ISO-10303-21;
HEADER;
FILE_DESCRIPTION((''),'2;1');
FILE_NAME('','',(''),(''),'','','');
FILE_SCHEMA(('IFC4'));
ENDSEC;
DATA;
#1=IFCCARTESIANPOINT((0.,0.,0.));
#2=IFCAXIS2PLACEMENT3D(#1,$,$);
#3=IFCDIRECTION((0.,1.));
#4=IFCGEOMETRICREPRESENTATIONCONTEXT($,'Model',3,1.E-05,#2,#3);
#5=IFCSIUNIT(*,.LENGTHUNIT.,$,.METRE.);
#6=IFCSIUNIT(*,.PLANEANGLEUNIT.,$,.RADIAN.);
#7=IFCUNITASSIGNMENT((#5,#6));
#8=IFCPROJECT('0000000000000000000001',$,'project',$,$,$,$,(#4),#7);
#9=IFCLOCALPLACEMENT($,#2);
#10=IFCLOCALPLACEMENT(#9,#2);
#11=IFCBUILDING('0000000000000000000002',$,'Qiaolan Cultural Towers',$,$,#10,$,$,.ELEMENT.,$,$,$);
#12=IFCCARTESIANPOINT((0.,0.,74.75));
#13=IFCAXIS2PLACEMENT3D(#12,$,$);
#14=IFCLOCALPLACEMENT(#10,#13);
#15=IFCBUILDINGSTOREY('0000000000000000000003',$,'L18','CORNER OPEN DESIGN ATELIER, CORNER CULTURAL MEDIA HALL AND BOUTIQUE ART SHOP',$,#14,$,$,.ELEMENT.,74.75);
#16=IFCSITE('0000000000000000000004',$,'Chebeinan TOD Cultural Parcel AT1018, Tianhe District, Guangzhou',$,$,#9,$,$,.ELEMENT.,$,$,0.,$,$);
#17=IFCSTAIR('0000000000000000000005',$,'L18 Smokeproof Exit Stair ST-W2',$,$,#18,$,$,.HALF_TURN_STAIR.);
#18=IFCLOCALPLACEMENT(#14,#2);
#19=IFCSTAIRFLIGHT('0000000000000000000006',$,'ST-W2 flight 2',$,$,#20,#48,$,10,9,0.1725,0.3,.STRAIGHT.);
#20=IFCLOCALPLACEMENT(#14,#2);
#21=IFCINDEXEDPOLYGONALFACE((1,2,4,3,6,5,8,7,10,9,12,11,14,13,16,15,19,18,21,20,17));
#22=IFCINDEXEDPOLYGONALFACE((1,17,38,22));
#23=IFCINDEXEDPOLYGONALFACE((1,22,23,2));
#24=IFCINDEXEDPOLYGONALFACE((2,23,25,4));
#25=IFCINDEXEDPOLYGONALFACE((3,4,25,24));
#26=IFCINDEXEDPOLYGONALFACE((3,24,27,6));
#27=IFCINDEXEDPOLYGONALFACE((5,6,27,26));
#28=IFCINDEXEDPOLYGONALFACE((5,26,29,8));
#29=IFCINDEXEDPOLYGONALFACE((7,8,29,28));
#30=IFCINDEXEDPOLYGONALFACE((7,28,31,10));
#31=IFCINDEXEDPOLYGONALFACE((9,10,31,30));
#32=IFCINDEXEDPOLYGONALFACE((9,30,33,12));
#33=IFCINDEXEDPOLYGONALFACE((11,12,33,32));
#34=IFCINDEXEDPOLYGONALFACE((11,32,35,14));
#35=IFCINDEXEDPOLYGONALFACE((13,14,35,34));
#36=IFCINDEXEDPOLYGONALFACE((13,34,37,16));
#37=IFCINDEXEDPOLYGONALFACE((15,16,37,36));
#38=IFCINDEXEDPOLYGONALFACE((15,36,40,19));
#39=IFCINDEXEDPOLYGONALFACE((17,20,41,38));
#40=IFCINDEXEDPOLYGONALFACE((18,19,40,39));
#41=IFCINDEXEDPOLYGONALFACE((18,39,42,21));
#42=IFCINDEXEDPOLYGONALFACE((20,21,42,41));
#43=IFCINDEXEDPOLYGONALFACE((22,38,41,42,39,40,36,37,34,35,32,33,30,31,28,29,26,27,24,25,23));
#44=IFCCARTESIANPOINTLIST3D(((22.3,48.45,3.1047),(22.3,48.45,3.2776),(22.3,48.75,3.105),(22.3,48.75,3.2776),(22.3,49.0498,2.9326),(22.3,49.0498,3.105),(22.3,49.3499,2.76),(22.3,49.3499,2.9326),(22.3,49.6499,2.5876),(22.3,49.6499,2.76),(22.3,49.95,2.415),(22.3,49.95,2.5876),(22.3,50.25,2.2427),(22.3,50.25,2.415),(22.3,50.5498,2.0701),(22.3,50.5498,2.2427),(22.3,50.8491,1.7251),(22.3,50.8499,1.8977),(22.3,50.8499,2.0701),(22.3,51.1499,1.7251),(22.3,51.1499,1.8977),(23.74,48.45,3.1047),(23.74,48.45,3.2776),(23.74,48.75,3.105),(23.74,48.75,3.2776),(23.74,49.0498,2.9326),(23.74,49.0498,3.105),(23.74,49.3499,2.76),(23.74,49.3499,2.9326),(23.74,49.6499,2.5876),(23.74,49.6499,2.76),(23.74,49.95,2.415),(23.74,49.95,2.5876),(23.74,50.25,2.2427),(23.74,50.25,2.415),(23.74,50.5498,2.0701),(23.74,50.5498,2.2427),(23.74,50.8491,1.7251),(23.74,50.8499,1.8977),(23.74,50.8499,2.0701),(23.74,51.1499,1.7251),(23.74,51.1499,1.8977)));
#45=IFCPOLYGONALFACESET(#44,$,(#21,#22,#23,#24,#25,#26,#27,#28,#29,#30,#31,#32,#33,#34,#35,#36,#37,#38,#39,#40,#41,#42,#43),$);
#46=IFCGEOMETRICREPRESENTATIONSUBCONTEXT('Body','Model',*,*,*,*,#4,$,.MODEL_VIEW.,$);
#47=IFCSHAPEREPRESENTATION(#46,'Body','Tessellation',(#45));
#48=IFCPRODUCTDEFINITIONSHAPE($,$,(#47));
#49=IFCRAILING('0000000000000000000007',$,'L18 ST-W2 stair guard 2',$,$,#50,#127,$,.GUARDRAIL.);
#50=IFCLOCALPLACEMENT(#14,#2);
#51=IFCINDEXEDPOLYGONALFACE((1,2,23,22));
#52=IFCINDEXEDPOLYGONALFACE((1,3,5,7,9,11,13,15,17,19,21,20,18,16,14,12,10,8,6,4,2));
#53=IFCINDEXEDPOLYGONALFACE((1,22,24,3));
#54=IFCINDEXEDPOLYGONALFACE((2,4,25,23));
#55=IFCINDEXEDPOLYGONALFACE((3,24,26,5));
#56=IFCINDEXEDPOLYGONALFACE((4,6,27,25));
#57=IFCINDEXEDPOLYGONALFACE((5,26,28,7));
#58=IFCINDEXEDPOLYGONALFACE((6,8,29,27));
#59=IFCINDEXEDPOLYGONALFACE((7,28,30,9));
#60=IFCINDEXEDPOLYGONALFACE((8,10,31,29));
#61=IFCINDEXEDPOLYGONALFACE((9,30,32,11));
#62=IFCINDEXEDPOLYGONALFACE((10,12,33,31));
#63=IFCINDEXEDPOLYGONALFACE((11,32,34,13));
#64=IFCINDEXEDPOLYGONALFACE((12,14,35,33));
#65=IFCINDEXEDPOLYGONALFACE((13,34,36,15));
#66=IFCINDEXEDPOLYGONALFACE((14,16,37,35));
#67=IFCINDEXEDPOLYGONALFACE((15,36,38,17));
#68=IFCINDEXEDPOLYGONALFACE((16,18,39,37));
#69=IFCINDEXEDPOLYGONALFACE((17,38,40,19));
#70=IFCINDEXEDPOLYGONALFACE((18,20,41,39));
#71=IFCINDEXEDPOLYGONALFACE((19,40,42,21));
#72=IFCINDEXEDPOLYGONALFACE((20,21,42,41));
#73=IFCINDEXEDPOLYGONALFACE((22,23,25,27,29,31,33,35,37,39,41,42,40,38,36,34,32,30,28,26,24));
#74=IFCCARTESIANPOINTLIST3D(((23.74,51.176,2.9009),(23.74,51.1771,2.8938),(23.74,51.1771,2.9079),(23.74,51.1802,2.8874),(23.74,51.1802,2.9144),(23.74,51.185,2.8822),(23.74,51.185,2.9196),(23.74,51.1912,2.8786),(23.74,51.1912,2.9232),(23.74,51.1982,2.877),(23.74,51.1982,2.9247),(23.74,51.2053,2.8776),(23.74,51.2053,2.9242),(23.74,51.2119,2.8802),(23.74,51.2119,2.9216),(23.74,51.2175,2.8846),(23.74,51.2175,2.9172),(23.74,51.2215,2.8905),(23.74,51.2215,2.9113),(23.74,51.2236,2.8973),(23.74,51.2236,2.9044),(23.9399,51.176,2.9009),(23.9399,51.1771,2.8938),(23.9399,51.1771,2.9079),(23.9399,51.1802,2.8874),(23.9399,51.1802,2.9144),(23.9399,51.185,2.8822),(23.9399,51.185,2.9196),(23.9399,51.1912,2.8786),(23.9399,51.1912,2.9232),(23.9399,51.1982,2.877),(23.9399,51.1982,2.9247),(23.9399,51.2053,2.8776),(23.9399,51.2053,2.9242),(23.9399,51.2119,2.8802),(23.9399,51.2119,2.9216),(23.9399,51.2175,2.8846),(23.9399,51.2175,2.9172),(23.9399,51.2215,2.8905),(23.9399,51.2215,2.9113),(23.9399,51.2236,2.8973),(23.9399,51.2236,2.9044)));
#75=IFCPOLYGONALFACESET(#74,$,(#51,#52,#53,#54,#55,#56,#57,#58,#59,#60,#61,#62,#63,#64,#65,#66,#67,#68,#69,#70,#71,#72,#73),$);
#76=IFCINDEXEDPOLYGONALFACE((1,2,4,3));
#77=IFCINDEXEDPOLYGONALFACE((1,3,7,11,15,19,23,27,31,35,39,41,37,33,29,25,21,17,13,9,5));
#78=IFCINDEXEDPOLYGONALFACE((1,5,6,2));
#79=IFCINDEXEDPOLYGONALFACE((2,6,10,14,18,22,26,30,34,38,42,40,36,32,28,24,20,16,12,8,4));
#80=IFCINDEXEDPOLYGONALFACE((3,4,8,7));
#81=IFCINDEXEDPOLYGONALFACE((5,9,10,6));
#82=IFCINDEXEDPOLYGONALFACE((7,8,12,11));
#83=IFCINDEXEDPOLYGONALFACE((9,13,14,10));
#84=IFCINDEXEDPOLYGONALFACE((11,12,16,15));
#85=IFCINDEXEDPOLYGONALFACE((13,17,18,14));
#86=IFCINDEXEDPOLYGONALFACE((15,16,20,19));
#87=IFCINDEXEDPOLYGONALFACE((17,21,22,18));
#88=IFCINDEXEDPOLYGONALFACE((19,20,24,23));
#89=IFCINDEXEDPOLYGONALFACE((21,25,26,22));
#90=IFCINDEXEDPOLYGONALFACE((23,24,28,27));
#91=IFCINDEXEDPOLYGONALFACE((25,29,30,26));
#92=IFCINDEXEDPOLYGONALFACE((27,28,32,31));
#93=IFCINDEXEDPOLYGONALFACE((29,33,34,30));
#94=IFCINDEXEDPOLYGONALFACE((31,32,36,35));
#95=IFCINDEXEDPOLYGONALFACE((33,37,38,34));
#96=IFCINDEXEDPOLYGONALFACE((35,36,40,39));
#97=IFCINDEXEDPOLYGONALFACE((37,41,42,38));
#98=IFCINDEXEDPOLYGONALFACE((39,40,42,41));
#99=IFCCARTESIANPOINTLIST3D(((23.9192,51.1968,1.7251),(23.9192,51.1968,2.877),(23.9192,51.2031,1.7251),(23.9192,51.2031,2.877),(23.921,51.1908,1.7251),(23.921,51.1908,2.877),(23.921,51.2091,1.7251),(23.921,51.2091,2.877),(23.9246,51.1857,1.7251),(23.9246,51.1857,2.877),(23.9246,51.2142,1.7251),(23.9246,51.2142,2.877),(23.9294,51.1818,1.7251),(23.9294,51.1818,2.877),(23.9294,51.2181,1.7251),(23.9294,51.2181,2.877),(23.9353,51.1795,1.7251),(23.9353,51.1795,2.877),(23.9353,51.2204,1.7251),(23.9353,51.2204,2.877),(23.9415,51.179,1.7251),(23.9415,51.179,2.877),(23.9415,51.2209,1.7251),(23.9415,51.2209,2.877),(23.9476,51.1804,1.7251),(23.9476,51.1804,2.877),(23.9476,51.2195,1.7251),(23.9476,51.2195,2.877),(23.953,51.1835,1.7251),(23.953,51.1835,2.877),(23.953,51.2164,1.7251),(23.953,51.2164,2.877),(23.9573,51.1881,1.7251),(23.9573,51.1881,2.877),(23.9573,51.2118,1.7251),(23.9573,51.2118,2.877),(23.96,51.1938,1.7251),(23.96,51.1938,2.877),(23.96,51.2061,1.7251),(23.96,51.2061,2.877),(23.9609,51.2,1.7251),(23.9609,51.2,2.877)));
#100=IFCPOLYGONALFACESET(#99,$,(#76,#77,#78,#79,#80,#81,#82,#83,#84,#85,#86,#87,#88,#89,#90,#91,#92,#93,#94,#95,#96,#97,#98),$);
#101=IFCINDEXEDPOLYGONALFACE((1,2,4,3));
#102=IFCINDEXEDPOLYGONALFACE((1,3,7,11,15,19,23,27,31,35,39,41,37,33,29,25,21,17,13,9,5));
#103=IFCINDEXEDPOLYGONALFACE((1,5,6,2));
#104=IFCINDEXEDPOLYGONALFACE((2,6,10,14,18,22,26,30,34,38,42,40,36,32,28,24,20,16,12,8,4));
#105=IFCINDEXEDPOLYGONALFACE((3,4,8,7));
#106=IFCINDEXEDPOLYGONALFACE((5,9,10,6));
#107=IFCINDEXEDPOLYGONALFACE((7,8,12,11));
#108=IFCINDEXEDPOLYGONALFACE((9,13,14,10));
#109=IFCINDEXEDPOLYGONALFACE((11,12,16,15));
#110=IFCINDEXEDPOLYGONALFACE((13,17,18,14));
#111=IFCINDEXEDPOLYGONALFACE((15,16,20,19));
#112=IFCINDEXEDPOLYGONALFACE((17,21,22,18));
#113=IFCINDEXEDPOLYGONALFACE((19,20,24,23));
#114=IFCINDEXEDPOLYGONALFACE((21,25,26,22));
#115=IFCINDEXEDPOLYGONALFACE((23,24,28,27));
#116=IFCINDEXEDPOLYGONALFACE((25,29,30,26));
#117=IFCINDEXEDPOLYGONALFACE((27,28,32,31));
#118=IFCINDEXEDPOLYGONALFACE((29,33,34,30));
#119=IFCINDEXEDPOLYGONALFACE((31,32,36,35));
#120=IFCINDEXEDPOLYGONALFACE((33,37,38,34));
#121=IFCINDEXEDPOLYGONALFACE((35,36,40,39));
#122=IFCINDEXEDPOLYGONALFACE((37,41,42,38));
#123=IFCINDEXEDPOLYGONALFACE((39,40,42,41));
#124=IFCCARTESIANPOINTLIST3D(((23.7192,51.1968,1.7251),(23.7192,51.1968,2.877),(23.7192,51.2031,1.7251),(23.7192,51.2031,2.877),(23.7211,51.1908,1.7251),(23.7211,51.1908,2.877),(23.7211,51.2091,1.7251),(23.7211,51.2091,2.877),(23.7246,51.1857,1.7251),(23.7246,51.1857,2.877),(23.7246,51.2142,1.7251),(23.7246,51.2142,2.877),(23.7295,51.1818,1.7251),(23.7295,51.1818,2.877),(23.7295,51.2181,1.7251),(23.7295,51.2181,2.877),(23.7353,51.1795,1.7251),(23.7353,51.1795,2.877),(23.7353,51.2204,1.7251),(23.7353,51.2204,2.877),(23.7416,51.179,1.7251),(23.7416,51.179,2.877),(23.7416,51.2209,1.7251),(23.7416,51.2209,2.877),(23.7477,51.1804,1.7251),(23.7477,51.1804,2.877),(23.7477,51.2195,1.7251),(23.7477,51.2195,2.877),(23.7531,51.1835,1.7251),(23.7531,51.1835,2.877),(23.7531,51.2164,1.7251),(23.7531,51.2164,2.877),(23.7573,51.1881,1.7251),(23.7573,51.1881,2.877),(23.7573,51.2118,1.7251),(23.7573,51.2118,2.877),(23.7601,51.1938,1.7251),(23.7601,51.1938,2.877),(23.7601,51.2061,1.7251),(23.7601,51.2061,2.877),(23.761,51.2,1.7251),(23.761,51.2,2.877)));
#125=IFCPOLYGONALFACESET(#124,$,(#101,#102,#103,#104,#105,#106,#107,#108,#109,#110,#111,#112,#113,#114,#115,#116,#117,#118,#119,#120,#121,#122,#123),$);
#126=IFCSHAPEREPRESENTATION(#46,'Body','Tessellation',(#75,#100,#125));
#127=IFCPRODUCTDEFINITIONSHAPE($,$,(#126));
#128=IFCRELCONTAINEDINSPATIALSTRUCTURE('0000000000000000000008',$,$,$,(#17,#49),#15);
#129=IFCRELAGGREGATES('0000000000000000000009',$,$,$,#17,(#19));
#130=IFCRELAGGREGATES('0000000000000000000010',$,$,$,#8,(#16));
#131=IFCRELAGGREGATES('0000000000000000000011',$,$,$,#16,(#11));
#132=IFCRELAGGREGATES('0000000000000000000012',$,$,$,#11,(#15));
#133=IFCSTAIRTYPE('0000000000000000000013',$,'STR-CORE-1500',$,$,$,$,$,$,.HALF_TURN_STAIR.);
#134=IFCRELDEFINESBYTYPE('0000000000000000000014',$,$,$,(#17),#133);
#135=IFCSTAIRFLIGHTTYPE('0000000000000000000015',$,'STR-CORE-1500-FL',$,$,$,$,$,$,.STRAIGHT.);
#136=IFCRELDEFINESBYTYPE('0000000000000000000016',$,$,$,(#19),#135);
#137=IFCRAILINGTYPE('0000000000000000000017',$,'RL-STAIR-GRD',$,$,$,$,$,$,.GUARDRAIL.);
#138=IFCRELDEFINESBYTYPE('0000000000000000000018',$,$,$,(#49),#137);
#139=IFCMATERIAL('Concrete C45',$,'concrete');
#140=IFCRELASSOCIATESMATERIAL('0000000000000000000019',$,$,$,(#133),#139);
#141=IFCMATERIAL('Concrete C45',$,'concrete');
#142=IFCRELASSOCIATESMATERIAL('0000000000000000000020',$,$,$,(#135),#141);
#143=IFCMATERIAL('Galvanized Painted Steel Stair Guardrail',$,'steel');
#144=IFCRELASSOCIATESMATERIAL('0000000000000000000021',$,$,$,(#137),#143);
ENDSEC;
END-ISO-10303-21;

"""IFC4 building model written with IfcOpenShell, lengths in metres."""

from ifc_helpers import new_model, si_unit, direction, frame, origin, origin_2d, place, context, subcontext, project, spatial, polyline, circle, outline, extrude, material, type_object, element, aggregate, save


model = new_model("IFC4")

# Units and contexts
model_context = context("Model", 3, precision=1e-05, world=origin(), true_north=direction((0.0, 1.0)))
body_context = subcontext(model_context, "Body", "Model", "MODEL_VIEW")
ifc_project = project(units=[si_unit("LENGTHUNIT", "METRE"), si_unit("PLANEANGLEUNIT", "RADIAN")], contexts=[model_context])

# Site, building, storey
site_placement = place(None, origin())
site = spatial("IfcSite", under=ifc_project, at=site_placement, Name="Chebeinan TOD Cultural Parcel AT1018, Tianhe District, Guangzhou", CompositionType="ELEMENT", RefElevation=0.0)
building_placement = place(site_placement, origin())
building = spatial("IfcBuilding", under=site, at=building_placement, Name="Qiaolan Cultural Towers", CompositionType="ELEMENT")
storey_placement = place(building_placement, frame((0.0, 0.0, 74.75)))
storey = spatial("IfcBuildingStorey", under=building, at=storey_placement, Name="L18", Description="CORNER OPEN DESIGN ATELIER, CORNER CULTURAL MEDIA HALL AND BOUTIQUE ART SHOP", CompositionType="ELEMENT", Elevation=74.75)

# Stair, stair flight
ifc_material_1 = material(Name="Concrete C45", Category="concrete")
stair_type = type_object("IfcStairType", Name="STR-CORE-1500", PredefinedType="HALF_TURN_STAIR", material=ifc_material_1)
stair_placement = place(storey_placement, origin())
stair = element("IfcStair", 1, at=stair_placement, inside=storey, type_object=stair_type, Name="L18 Smokeproof Exit Stair ST-W2", PredefinedType="HALF_TURN_STAIR")
ifc_material_2 = material(Name="Concrete C45", Category="concrete")
stair_flight_type = type_object("IfcStairFlightType", Name="STR-CORE-1500-FL", PredefinedType="STRAIGHT", material=ifc_material_2)
stair_flight_placement = place(storey_placement, frame((23.02, 51.1499, 1.7251), z_axis=(0.0, 0.0, 1.0), x_axis=(0.0, -1.0, 0.0)))
stair_flight = element("IfcStairFlight", 2, at=stair_flight_placement, type_object=stair_flight_type, Name="ST-W2 flight 2", NumberOfRisers=10, NumberOfTreads=9, PredefinedType="STRAIGHT", RiserHeight=0.1725, TreadLength=0.3, context=body_context, shape_type="SweptSolid", body=[
    extrude(outline(polyline([(0.0, 0.0), (0.0, 0.1726), (0.3, 0.1726), (0.3, 0.345), (0.6001, 0.345), (0.6001, 0.5176), (0.8999, 0.5176), (0.8999, 0.6899), (1.2, 0.6899), (1.2, 0.8625), (1.5, 0.8625), (1.5, 1.0349), (1.8, 1.0349), (1.8, 1.2075), (2.1001, 1.2075), (2.1001, 1.3799), (2.3999, 1.3799), (2.3999, 1.5525), (2.7, 1.5525), (2.7, 1.7251), (2.7, 1.3796), (0.3008, 0.0), (0.0, 0.0)])), frame((0.0, 0.72, 0.0), z_axis=(0.0, -1.0, 0.0), x_axis=(1.0, 0.0, 0.0)), (0.0, 0.0, 1.0), 1.4399),
])
aggregate(stair, [stair_flight])

# Railing
ifc_material_3 = material(Name="Galvanized Painted Steel Stair Guardrail", Category="steel")
railing_type_1 = type_object("IfcRailingType", Name="RL-STAIR-GRD", PredefinedType="GUARDRAIL", material=ifc_material_3)
railing_1_placement = place(storey_placement, frame((23.9399, 51.2, 1.7251)))
element("IfcRailing", 3, at=railing_1_placement, inside=storey, type_object=railing_type_1, Name="L18 ST-W2 stair guard 2", PredefinedType="GUARDRAIL", context=body_context, shape_type="SweptSolid", body=[
    extrude(circle(Radius=0.0239, at=origin_2d()), frame((0.0, 0.0, 1.1758), z_axis=(-1.0, 0.0, 0.0), x_axis=(0.0, -1.0, 0.0)), (0.0, 0.0, 1.0), 0.2),
    extrude(circle(Radius=0.021, at=origin_2d()), origin(), (0.0, 0.0, 1.0), 1.1519),
    extrude(circle(Radius=0.021, at=origin_2d()), frame((-0.2, 0.0, 0.0)), (0.0, 0.0, 1.0), 1.1519),
])

save(model, "model.ifc")
